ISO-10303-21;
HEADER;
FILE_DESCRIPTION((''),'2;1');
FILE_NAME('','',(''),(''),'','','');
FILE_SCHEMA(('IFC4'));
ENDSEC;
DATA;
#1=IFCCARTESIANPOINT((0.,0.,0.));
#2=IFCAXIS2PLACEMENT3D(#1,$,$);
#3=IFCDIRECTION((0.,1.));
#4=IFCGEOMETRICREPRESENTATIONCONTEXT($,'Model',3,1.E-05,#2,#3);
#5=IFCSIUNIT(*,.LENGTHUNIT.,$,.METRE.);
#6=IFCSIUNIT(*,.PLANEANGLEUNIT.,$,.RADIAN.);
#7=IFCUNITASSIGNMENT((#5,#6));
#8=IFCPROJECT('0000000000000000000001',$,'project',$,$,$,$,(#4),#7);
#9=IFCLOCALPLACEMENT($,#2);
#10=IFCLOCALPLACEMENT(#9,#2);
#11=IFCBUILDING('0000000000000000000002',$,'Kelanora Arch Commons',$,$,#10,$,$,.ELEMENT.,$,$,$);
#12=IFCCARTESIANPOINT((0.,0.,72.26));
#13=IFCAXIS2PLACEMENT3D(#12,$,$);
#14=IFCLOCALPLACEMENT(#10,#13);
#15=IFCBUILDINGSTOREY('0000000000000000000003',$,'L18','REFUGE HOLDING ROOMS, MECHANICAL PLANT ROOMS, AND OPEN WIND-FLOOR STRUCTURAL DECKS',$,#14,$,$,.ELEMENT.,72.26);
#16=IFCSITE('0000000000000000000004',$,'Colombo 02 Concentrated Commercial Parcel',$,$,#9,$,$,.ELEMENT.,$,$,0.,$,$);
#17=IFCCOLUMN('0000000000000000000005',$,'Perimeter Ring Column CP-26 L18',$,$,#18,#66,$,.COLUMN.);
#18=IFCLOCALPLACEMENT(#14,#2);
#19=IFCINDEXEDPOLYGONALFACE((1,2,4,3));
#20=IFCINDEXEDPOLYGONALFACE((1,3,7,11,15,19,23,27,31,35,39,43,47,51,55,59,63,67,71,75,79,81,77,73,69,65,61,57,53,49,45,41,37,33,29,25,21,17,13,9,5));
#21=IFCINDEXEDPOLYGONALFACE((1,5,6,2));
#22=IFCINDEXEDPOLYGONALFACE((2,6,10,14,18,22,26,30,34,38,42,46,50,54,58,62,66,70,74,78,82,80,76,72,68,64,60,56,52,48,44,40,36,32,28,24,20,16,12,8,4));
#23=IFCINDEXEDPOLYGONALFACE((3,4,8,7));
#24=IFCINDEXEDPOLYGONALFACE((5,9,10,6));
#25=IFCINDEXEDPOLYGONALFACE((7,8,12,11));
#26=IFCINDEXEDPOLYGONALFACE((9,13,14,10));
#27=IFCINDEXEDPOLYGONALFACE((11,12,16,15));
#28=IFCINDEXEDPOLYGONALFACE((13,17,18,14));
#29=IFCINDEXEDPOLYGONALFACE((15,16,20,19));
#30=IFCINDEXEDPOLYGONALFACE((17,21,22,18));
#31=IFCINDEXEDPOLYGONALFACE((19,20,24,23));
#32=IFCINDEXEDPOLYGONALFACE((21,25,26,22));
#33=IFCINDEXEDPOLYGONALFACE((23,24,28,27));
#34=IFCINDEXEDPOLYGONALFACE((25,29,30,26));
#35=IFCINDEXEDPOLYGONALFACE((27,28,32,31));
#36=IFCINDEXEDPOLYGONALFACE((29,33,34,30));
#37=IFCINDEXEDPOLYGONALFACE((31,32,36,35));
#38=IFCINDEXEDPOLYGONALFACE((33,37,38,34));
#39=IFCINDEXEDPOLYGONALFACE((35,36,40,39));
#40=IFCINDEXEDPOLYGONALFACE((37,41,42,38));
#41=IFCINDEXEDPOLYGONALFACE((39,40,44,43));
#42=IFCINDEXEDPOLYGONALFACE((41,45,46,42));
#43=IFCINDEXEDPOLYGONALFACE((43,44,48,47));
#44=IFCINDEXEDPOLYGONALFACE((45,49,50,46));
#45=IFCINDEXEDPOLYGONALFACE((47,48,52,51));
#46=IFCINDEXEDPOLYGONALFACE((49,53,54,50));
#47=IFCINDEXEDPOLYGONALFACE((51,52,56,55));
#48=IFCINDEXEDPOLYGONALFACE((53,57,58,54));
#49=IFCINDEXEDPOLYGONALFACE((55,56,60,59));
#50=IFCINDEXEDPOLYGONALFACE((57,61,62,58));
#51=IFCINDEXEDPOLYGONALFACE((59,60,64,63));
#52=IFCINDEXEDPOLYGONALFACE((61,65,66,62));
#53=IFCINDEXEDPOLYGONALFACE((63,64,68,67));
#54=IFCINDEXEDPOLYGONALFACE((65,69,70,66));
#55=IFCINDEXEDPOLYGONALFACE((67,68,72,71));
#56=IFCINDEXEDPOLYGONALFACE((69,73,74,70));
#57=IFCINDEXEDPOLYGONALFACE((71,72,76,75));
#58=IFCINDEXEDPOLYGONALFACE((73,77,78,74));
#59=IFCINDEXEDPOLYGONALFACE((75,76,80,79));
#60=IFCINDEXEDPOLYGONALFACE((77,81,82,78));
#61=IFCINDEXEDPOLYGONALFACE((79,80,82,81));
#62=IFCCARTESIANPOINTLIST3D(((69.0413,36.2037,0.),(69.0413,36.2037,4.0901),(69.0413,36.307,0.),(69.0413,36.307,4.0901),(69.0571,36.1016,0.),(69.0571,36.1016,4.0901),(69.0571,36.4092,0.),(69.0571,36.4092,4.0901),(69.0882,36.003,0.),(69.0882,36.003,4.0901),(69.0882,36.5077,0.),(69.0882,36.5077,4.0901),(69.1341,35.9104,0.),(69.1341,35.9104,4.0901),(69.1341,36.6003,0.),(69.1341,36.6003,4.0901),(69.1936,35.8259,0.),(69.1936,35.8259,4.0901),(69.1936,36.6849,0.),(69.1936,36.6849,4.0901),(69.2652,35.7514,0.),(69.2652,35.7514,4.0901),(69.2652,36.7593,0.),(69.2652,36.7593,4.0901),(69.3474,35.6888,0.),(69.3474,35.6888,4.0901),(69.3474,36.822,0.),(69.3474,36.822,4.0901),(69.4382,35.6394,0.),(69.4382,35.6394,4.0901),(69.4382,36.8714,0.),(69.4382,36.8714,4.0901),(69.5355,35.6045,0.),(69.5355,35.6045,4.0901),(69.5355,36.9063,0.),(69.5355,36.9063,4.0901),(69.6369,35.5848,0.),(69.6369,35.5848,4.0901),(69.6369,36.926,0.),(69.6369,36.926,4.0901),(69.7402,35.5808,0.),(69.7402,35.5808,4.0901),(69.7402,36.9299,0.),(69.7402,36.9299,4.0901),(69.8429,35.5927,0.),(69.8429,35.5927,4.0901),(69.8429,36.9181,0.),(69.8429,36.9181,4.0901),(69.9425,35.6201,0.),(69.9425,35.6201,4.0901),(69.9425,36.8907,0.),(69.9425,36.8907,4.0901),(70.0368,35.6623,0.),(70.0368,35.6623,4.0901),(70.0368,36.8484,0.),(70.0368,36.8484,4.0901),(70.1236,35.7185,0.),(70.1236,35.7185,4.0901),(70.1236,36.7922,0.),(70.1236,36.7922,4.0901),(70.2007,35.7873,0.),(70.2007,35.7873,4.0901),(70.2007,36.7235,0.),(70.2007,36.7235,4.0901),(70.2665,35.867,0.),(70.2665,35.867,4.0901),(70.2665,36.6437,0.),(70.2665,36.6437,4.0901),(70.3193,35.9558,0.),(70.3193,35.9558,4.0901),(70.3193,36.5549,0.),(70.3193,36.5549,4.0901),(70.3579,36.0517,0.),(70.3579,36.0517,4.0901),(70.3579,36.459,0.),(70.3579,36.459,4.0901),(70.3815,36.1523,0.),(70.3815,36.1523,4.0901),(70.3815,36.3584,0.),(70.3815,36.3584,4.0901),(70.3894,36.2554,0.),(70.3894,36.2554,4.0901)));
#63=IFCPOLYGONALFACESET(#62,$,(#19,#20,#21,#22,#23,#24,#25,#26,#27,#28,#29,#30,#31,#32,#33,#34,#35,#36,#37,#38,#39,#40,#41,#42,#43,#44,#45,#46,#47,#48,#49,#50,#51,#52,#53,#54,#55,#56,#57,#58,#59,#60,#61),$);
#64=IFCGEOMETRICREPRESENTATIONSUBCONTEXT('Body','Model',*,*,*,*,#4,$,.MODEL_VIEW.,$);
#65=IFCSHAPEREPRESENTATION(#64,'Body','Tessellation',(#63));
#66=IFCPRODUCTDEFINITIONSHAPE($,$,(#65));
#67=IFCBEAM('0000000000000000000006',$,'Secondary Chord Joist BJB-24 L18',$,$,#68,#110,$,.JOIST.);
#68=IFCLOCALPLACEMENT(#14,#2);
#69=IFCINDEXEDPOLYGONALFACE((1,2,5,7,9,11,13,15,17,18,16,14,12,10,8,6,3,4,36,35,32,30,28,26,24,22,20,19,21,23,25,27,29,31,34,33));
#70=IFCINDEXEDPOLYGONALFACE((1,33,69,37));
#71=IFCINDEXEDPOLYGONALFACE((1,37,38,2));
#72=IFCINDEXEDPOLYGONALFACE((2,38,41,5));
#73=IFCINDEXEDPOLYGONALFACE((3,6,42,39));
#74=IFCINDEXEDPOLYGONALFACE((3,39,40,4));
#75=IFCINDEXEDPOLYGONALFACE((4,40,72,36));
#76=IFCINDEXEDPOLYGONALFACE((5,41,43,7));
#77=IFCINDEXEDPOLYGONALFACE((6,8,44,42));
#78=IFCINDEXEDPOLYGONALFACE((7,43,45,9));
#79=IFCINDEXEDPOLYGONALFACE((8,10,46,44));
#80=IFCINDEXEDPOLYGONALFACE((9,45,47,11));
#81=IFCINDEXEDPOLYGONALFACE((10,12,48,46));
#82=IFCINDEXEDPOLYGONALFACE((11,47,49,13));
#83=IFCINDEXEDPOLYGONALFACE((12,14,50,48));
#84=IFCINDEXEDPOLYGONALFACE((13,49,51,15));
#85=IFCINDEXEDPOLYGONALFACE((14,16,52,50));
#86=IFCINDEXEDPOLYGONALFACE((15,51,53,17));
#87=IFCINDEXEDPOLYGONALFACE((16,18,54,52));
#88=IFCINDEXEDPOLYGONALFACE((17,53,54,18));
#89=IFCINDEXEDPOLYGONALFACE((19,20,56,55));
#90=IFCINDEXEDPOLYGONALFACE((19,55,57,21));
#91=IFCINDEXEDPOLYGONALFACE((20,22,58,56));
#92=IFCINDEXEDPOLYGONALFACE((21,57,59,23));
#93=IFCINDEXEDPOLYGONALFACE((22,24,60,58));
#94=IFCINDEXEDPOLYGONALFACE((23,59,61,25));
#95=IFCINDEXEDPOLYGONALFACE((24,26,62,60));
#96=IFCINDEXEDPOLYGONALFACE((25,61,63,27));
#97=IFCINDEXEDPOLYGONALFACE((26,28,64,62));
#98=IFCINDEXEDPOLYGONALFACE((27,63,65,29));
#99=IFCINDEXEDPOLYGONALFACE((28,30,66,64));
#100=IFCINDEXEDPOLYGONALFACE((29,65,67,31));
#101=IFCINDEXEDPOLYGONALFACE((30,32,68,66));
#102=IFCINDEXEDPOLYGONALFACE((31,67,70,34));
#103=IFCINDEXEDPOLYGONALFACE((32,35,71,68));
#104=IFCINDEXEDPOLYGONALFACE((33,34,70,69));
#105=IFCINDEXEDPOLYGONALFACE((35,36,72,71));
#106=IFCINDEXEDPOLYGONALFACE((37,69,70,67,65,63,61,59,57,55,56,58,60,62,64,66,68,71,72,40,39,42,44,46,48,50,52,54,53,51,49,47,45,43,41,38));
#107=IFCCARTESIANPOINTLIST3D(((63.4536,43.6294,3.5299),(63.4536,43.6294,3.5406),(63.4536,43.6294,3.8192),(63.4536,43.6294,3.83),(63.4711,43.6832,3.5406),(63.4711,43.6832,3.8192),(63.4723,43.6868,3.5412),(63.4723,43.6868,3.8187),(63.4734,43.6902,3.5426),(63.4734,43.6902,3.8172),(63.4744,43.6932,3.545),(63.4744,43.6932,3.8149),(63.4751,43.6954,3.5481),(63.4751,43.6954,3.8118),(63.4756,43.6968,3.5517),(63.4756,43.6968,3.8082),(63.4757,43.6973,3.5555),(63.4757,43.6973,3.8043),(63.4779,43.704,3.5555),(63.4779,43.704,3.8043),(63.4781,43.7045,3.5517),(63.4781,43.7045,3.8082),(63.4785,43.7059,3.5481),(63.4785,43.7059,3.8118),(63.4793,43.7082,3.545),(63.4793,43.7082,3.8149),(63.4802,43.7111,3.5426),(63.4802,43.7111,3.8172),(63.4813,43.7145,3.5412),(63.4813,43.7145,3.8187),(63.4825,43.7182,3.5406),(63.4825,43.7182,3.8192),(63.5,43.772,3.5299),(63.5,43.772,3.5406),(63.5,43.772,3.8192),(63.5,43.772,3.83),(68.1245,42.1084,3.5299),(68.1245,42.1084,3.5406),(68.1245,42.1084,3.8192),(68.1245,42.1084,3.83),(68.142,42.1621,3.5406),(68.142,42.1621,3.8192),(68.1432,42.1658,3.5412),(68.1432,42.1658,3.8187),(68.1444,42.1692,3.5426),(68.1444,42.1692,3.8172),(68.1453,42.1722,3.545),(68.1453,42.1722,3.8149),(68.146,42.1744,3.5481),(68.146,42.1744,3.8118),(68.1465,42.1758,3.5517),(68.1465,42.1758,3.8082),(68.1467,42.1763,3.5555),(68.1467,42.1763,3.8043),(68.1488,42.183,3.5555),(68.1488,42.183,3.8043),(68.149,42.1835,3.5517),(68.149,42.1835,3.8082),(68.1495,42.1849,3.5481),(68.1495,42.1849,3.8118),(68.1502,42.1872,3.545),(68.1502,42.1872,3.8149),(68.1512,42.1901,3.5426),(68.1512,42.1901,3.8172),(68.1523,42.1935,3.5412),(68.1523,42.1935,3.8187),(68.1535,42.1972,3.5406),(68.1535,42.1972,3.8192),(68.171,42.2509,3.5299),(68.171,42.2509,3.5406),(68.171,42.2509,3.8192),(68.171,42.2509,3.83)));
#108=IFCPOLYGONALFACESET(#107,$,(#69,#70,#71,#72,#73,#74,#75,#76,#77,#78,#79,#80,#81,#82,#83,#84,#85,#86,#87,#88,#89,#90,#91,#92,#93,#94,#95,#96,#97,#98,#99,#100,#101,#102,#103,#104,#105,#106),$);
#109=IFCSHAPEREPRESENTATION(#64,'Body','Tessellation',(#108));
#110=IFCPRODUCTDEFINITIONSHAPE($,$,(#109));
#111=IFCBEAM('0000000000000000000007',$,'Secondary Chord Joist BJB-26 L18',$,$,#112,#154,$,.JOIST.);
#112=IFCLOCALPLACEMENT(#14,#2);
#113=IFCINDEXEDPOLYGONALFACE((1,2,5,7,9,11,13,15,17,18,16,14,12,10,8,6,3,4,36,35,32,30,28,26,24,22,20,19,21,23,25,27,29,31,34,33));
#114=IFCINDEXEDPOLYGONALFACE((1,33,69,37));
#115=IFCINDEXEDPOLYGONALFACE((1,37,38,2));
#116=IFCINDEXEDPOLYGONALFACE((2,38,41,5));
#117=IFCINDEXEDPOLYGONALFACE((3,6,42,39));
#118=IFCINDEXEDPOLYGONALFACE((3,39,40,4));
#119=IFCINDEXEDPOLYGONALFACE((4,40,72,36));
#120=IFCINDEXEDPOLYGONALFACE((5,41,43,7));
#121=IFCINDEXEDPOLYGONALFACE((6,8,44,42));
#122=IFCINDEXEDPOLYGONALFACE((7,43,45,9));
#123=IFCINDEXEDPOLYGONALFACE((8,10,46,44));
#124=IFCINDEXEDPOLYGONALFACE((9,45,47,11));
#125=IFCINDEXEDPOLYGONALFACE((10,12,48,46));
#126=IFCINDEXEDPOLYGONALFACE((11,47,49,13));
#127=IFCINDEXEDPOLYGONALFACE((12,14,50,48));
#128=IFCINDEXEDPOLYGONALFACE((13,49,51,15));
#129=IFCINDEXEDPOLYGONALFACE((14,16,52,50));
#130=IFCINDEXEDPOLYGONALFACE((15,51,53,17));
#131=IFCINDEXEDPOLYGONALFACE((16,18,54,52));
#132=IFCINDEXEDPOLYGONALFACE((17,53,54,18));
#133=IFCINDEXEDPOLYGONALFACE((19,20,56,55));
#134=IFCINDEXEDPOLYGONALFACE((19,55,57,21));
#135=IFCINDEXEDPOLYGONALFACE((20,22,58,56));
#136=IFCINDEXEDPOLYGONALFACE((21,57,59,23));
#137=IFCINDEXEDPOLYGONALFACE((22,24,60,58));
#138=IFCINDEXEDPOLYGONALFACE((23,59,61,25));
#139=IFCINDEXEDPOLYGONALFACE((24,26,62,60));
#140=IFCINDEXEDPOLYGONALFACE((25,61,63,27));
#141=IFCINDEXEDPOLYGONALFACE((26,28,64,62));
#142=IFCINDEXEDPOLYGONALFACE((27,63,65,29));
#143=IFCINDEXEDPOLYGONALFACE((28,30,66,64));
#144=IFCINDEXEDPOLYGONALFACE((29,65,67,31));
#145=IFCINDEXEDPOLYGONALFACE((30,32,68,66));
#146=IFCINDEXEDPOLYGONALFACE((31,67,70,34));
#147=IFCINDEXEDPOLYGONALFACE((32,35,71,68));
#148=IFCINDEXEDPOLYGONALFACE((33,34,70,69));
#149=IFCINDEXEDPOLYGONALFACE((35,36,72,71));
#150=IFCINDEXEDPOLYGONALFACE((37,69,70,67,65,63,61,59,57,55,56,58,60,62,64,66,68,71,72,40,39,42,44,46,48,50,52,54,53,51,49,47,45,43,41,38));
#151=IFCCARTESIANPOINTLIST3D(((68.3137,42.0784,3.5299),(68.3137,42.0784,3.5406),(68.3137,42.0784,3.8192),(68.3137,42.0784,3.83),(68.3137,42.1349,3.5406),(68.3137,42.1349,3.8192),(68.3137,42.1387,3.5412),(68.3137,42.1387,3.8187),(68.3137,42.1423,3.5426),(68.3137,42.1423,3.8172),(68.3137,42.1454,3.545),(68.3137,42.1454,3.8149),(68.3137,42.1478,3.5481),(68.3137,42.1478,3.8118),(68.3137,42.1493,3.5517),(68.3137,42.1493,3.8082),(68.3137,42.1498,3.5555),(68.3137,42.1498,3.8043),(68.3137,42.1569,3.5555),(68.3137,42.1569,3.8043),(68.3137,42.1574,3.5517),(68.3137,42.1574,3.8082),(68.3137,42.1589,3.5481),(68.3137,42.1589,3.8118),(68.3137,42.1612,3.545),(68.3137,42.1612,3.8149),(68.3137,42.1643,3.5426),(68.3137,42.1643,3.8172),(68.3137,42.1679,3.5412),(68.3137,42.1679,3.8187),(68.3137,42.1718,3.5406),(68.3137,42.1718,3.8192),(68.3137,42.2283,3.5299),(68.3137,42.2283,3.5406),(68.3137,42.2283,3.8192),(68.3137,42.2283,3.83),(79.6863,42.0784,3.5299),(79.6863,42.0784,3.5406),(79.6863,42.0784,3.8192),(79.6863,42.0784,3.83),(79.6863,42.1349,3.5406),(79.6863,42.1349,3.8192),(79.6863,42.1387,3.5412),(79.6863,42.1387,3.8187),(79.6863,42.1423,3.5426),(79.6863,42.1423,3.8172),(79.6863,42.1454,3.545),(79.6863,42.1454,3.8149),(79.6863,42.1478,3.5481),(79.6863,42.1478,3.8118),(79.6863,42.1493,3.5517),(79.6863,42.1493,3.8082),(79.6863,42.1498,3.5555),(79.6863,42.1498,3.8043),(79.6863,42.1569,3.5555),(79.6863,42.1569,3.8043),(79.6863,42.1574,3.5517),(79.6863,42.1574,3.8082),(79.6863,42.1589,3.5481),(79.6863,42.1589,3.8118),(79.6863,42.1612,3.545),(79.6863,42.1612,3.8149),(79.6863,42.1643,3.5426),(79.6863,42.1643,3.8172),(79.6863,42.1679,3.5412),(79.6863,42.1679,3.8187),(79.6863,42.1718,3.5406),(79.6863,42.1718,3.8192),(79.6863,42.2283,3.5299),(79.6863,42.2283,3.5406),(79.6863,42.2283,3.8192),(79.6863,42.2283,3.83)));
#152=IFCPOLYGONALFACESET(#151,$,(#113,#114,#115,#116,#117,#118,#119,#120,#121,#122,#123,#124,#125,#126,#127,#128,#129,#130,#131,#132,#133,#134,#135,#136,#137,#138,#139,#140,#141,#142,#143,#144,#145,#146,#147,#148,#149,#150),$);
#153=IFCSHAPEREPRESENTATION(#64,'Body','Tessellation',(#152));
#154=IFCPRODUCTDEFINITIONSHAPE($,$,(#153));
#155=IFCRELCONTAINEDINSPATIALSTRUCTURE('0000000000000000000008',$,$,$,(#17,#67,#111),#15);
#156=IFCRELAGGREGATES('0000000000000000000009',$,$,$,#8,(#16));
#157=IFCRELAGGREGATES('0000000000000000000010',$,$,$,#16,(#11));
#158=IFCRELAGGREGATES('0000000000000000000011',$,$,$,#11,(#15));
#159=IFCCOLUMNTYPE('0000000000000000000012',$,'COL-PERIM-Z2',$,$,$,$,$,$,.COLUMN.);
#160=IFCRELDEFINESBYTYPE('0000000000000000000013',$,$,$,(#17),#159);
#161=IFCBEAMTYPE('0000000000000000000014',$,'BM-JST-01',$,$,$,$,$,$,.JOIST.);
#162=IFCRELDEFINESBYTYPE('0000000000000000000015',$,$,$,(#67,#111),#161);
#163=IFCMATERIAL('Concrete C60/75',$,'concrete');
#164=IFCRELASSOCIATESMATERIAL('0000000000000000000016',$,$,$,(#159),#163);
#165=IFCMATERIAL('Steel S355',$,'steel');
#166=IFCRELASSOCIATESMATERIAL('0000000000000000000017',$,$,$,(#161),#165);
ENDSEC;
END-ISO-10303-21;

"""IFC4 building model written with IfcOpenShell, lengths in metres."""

from ifc_helpers import new_model, si_unit, direction, frame, origin, origin_2d, place, context, subcontext, project, spatial, circle, i_section, extrude, material, material_profile, profile_set, type_object, element, save


model = new_model("IFC4")

# Units and contexts
model_context = context("Model", 3, precision=1e-05, world=origin(), true_north=direction((0.0, 1.0)))
body_context = subcontext(model_context, "Body", "Model", "MODEL_VIEW")
ifc_project = project(units=[si_unit("LENGTHUNIT", "METRE"), si_unit("PLANEANGLEUNIT", "RADIAN")], contexts=[model_context])

# Site, building, storey
site_placement = place(None, origin())
site = spatial("IfcSite", under=ifc_project, at=site_placement, Name="Colombo 02 Concentrated Commercial Parcel", CompositionType="ELEMENT", RefElevation=0.0)
building_placement = place(site_placement, origin())
building = spatial("IfcBuilding", under=site, at=building_placement, Name="Kelanora Arch Commons", CompositionType="ELEMENT")
storey_placement = place(building_placement, frame((0.0, 0.0, 72.26)))
storey = spatial("IfcBuildingStorey", under=building, at=storey_placement, Name="L18", Description="REFUGE HOLDING ROOMS, MECHANICAL PLANT ROOMS, AND OPEN WIND-FLOOR STRUCTURAL DECKS", CompositionType="ELEMENT", Elevation=72.26)

# Column
ifc_material_1 = material(Name="Concrete C60/75", Category="concrete")
ifc_material_profile_1 = material_profile(ifc_material_1, circle(Radius=0.675, at=origin_2d()), Name="RCC1350")
ifc_profile_set_1 = profile_set([ifc_material_profile_1], Name="Concrete C60/75")
column_type = type_object("IfcColumnType", Name="COL-PERIM-Z2", PredefinedType="COLUMN", material=ifc_profile_set_1)
column_placement = place(storey_placement, frame((69.7144, 36.2554, 0.0), z_axis=(0.0, 0.0, 1.0), x_axis=(1.0, 0.0, 0.0)))
element("IfcColumn", 1, at=column_placement, inside=storey, type_object=column_type, Name="Perimeter Ring Column CP-26 L18", PredefinedType="COLUMN", context=body_context, shape_type="SweptSolid", body=[
    extrude(circle(Radius=0.675, at=origin_2d()), origin(), (0.0, 0.0, 1.0), 4.0901),
])

# Beams
ifc_material_2 = material(Name="Steel S355", Category="steel")
ifc_material_profile_2 = material_profile(ifc_material_2, i_section(OverallWidth=0.1499, OverallDepth=0.3, WebThickness=0.0071, FlangeThickness=0.0107, FilletRadius=0.0149, at=origin_2d()), Name="IPE300")
ifc_profile_set_2 = profile_set([ifc_material_profile_2], Name="Steel S355")
beam_type_1 = type_object("IfcBeamType", Name="BM-JST-01", PredefinedType="JOIST", material=ifc_profile_set_2)
beam_1_placement = place(storey_placement, frame((63.4768, 43.7007, 3.6799), z_axis=(0.950857, -0.30963, 0.0), x_axis=(0.30963, 0.950857, 0.0)))
element("IfcBeam", 2, at=beam_1_placement, inside=storey, type_object=beam_type_1, Name="Secondary Chord Joist BJB-24 L18", PredefinedType="JOIST", context=body_context, shape_type="SweptSolid", body=[
    extrude(i_section(OverallWidth=0.1499, OverallDepth=0.3, WebThickness=0.0071, FlangeThickness=0.0107, FilletRadius=0.0149, at=origin_2d()), origin(), (0.0, 0.0, 1.0), 4.9124),
])
beam_2_placement = place(storey_placement, frame((68.3137, 42.1533, 3.6799), z_axis=(1.0, 0.0, 0.0), x_axis=(0.0, 1.0, 0.0)))
element("IfcBeam", 3, at=beam_2_placement, inside=storey, type_object=beam_type_1, Name="Secondary Chord Joist BJB-26 L18", PredefinedType="JOIST", context=body_context, shape_type="SweptSolid", body=[
    extrude(i_section(OverallWidth=0.1499, OverallDepth=0.3, WebThickness=0.0071, FlangeThickness=0.0107, FilletRadius=0.0149, at=origin_2d()), origin(), (0.0, 0.0, 1.0), 11.3726),
])

save(model, "model.ifc")
